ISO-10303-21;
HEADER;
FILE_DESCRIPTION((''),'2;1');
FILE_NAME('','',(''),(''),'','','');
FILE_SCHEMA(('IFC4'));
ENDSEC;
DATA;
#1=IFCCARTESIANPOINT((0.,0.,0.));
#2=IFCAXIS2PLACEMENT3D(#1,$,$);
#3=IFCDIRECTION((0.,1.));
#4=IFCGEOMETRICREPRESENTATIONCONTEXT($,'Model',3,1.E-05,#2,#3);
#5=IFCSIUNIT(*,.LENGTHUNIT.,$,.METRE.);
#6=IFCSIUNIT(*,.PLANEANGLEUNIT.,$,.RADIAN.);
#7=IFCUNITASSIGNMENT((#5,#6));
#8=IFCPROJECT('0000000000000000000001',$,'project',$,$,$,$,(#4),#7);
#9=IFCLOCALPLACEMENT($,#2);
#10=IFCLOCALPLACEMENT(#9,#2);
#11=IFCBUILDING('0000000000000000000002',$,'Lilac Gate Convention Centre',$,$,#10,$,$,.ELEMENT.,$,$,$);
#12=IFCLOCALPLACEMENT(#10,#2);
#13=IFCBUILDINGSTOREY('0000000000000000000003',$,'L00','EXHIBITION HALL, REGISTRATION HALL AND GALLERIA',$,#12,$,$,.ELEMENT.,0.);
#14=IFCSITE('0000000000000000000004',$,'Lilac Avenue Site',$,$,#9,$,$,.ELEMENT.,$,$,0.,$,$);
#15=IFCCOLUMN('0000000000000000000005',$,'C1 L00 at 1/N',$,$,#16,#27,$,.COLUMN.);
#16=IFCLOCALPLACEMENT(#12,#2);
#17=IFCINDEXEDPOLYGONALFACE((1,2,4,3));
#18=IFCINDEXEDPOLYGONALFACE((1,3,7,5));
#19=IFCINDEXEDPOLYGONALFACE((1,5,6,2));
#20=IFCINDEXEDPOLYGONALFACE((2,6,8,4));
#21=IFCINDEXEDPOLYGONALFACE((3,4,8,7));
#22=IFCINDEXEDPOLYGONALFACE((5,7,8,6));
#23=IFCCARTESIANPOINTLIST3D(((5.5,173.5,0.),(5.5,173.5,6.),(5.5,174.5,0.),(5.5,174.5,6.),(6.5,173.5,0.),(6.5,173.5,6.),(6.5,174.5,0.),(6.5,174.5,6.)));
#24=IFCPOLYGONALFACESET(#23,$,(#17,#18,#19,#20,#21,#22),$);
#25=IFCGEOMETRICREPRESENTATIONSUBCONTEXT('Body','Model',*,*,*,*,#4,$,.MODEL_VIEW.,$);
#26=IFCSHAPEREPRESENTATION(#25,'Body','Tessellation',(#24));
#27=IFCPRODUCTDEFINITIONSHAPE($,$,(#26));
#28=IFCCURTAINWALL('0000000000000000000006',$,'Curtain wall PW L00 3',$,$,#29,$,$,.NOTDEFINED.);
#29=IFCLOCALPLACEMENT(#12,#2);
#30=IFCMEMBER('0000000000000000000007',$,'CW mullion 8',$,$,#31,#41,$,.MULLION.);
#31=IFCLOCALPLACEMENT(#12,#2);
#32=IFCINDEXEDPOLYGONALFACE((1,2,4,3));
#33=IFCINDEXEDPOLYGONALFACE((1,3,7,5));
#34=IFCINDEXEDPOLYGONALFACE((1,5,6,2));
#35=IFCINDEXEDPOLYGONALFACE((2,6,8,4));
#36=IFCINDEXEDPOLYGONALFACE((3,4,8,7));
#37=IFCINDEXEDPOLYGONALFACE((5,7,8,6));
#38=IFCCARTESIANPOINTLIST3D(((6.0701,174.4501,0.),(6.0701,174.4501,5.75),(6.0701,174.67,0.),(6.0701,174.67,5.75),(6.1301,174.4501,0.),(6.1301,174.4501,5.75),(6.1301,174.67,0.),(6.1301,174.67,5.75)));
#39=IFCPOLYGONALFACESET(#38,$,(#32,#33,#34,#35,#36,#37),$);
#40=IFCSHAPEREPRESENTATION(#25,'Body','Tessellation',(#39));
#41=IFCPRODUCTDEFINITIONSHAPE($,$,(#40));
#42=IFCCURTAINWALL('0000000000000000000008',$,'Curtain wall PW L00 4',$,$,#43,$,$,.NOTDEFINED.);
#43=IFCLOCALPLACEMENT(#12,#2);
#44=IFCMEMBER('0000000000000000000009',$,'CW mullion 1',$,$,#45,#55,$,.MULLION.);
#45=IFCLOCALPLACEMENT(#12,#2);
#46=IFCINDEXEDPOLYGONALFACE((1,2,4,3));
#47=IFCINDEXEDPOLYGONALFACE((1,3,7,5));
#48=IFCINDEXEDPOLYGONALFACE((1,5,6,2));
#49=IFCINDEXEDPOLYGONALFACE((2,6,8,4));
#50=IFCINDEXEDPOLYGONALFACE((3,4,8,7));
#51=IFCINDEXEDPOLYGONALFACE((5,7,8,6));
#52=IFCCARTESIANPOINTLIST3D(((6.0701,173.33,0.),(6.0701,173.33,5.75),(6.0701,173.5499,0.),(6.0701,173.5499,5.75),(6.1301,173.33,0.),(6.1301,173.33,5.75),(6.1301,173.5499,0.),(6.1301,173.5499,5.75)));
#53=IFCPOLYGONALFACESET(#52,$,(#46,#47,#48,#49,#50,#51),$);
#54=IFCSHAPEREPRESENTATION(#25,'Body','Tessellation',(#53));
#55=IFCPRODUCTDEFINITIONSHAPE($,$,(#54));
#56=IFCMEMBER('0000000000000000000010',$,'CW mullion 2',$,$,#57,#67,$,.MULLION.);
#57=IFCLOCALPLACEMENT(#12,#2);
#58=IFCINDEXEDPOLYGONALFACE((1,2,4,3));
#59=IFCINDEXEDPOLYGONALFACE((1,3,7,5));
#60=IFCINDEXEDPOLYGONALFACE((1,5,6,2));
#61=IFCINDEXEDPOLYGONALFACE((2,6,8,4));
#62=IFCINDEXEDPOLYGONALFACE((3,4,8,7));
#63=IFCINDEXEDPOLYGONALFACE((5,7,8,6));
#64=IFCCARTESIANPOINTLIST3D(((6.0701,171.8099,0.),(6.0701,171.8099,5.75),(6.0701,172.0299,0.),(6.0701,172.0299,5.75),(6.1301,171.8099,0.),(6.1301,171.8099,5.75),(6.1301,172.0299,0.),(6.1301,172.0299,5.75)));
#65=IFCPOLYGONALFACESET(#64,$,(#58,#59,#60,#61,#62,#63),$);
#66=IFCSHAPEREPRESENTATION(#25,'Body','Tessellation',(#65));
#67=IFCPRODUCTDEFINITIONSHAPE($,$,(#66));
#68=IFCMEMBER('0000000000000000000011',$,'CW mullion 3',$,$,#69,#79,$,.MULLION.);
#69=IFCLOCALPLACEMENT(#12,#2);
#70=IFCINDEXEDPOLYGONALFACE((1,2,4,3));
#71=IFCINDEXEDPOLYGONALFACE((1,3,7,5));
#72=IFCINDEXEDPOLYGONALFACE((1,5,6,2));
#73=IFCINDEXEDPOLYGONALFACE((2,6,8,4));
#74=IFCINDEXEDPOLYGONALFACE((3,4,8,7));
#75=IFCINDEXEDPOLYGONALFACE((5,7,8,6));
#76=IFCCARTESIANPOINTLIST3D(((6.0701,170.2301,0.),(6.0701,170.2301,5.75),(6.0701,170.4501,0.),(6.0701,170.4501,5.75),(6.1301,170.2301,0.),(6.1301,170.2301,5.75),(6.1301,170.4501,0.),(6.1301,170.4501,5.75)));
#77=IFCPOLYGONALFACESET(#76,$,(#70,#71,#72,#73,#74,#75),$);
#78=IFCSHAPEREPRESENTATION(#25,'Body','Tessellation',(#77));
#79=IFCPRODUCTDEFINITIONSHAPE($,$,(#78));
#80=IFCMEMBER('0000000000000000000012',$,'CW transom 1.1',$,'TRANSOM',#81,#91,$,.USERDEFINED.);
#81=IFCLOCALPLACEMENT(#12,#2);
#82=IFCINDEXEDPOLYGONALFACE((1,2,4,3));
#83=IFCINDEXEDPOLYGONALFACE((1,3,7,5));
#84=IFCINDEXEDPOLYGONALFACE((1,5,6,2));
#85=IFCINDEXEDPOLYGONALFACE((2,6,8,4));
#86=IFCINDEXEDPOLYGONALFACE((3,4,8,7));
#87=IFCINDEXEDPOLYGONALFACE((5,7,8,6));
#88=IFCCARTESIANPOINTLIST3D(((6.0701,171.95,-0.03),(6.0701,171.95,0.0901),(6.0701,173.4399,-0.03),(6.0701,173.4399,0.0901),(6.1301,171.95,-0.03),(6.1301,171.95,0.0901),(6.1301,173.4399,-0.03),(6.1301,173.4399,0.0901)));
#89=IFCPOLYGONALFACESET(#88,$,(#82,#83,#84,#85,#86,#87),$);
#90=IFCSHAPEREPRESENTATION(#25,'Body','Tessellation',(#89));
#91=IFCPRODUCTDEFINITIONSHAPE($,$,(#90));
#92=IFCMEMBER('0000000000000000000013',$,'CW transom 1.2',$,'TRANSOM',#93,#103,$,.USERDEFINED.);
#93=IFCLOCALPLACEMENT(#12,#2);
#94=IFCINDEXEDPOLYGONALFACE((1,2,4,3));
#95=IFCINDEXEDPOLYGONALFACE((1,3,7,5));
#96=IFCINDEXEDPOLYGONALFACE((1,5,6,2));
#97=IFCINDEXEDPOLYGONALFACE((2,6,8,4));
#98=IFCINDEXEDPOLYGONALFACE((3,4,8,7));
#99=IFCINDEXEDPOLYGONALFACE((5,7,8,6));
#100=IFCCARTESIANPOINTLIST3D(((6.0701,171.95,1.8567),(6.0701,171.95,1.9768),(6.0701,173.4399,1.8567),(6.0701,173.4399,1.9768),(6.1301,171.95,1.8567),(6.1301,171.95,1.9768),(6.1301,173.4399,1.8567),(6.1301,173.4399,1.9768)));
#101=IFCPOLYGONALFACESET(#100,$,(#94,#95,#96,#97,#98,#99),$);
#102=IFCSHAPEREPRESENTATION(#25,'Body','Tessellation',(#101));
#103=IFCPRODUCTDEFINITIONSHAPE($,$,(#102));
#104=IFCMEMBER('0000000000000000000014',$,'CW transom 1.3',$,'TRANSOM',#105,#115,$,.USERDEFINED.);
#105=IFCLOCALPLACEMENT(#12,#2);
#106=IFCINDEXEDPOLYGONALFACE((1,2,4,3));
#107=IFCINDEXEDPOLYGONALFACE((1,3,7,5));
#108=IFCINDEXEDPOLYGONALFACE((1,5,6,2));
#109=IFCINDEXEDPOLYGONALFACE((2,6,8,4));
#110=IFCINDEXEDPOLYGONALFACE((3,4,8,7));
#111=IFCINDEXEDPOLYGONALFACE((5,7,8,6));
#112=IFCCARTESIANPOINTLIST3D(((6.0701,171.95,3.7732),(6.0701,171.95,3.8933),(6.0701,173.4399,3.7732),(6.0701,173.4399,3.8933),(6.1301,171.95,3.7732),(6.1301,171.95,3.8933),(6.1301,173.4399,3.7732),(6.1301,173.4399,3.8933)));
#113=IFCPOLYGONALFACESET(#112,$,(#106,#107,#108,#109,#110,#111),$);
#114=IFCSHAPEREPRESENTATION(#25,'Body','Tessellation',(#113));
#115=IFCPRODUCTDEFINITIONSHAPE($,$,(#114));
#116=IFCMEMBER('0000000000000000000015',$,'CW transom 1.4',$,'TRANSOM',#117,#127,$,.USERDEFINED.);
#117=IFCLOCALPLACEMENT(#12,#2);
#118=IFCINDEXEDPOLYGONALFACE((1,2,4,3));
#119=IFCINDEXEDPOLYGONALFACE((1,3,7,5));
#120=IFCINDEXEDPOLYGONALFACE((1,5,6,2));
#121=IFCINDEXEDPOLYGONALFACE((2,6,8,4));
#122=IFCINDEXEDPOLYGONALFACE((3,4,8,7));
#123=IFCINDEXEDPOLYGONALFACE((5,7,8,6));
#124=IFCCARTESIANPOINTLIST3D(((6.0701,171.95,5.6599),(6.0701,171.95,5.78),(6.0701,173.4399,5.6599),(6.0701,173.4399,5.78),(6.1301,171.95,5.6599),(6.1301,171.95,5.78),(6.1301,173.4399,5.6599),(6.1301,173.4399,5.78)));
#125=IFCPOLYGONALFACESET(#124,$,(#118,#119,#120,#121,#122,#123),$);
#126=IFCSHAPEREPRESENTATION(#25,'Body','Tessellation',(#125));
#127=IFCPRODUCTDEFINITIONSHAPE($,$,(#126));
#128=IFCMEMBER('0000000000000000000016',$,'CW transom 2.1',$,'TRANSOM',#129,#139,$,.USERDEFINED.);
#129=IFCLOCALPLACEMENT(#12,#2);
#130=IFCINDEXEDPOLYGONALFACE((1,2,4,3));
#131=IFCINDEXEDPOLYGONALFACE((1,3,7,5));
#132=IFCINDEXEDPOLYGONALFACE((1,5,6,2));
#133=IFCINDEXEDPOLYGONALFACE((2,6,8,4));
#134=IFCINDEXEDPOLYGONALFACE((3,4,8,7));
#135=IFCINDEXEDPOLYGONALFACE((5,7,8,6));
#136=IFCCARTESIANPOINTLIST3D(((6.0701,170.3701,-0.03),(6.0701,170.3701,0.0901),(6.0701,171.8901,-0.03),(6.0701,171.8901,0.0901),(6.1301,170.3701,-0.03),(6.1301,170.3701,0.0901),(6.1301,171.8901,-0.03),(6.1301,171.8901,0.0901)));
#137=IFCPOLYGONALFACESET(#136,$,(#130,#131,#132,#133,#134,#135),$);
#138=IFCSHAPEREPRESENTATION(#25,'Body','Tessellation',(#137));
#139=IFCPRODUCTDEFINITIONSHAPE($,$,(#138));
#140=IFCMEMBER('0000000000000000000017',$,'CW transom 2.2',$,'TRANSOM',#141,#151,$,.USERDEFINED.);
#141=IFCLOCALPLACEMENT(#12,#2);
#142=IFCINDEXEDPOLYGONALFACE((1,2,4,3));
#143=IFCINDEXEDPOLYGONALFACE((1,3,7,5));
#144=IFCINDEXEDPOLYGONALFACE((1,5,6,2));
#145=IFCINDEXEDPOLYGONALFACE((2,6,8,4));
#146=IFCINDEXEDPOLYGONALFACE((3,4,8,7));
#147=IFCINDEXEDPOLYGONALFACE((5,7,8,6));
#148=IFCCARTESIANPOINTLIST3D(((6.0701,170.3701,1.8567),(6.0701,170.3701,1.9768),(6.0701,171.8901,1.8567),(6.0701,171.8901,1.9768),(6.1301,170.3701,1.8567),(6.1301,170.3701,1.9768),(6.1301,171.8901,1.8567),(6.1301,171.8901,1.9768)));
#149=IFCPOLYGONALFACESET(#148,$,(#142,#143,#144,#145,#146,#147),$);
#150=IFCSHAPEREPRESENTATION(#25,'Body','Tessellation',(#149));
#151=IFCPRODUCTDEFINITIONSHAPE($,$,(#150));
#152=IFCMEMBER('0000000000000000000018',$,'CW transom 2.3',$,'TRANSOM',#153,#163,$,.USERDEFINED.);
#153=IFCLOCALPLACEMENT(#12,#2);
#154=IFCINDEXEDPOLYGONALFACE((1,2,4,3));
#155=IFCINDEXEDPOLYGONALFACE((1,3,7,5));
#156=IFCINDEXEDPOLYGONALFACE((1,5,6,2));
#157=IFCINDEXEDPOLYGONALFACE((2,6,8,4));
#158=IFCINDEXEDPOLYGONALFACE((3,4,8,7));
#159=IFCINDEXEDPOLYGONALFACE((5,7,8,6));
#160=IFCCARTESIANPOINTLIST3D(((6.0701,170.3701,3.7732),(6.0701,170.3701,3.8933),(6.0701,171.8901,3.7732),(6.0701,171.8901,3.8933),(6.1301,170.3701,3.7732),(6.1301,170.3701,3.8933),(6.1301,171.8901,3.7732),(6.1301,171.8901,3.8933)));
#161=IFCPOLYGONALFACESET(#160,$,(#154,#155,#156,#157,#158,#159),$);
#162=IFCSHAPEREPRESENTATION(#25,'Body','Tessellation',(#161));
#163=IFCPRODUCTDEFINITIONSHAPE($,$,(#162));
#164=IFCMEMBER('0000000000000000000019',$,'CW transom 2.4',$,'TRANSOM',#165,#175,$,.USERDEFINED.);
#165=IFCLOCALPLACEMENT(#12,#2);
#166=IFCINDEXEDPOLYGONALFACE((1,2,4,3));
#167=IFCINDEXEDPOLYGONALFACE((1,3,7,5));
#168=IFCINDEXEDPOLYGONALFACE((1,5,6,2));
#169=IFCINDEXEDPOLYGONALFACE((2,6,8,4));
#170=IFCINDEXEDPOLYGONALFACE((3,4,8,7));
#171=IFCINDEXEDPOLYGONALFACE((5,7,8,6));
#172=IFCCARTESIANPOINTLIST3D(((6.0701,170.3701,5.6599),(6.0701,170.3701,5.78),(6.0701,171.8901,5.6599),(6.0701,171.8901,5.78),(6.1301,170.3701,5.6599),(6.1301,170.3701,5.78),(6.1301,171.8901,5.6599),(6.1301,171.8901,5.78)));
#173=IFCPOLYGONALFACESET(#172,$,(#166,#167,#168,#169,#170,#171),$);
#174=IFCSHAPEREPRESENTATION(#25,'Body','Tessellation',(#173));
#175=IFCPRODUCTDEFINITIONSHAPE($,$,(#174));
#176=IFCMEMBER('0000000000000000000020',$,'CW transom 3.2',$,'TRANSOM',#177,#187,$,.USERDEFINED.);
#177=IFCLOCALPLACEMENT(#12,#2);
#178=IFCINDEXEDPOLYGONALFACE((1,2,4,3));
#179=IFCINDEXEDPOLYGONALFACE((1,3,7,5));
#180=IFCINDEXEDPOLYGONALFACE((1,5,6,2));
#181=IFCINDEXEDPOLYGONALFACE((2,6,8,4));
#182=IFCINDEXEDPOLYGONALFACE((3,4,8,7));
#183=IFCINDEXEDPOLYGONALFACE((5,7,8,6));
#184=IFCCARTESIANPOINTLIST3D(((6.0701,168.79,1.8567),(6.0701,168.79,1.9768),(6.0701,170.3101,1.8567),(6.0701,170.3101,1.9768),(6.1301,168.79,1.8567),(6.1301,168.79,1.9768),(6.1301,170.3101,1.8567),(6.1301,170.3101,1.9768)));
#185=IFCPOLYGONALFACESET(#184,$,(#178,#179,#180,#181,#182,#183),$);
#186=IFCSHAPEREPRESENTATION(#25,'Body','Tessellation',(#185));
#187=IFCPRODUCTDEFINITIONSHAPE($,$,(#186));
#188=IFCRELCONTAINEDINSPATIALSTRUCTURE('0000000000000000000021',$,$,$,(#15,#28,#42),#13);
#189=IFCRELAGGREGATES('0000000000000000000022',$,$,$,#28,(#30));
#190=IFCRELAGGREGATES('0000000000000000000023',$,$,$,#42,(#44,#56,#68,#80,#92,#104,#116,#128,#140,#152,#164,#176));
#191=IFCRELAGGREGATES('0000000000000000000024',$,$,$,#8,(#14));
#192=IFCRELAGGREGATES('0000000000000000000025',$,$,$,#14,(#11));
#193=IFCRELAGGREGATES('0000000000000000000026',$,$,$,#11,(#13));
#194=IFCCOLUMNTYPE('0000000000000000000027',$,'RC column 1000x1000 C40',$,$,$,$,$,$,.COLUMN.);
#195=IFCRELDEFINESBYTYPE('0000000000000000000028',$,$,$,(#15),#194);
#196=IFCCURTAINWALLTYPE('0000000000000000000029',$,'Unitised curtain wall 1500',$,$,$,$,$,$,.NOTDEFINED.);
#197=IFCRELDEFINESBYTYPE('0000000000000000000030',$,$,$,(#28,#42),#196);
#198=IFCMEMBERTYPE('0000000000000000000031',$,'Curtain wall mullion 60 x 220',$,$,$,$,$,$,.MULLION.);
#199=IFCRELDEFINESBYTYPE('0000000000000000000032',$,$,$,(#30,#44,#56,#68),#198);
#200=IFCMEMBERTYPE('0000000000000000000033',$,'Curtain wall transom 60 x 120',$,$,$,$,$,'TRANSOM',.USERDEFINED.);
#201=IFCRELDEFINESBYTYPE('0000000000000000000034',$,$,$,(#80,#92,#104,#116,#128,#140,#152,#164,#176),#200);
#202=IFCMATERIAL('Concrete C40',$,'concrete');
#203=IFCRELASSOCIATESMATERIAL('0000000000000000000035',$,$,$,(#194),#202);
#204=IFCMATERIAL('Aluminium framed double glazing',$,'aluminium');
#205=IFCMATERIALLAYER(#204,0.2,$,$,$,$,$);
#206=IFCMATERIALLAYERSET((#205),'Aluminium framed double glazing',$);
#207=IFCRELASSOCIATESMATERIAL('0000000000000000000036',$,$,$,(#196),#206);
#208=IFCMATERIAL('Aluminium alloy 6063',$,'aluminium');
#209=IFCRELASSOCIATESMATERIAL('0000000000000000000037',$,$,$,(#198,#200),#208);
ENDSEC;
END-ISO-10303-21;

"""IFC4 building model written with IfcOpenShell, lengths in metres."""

from ifc_helpers import new_model, si_unit, direction, frame, origin, origin_2d, place, context, subcontext, project, spatial, rectangle, extrude, material, layer, layer_set, material_profile, profile_set, type_object, element, aggregate, save


model = new_model("IFC4")

# Units and contexts
model_context = context("Model", 3, precision=1e-05, world=origin(), true_north=direction((0.0, 1.0)))
body_context = subcontext(model_context, "Body", "Model", "MODEL_VIEW")
ifc_project = project(units=[si_unit("LENGTHUNIT", "METRE"), si_unit("PLANEANGLEUNIT", "RADIAN")], contexts=[model_context])

# Site, building, storey
site_placement = place(None, origin())
site = spatial("IfcSite", under=ifc_project, at=site_placement, Name="Lilac Avenue Site", CompositionType="ELEMENT", RefElevation=0.0)
building_placement = place(site_placement, origin())
building = spatial("IfcBuilding", under=site, at=building_placement, Name="Lilac Gate Convention Centre", CompositionType="ELEMENT")
storey_placement = place(building_placement, origin())
storey = spatial("IfcBuildingStorey", under=building, at=storey_placement, Name="L00", Description="EXHIBITION HALL, REGISTRATION HALL AND GALLERIA", CompositionType="ELEMENT", Elevation=0.0)

# Column
ifc_material_1 = material(Name="Concrete C40", Category="concrete")
ifc_material_profile_1 = material_profile(ifc_material_1, rectangle(XDim=1.0, YDim=1.0, at=origin_2d()), Name="RC 1000x1000")
ifc_profile_set_1 = profile_set([ifc_material_profile_1], Name="Concrete C40")
column_type = type_object("IfcColumnType", Name="RC column 1000x1000 C40", PredefinedType="COLUMN", material=ifc_profile_set_1)
column_placement = place(storey_placement, frame((6.0, 174.0, 0.0), z_axis=(0.0, 0.0, 1.0), x_axis=(1.0, 0.0, 0.0)))
element("IfcColumn", 1, at=column_placement, inside=storey, type_object=column_type, Name="C1 L00 at 1/N", PredefinedType="COLUMN", context=body_context, shape_type="SweptSolid", body=[
    extrude(rectangle(XDim=1.0, YDim=1.0, at=origin_2d()), origin(), (0.0, 0.0, 1.0), 6.0),
])

# Curtain wall, member
ifc_material_2 = material(Name="Aluminium framed double glazing", Category="aluminium")
ifc_layer_1 = layer(ifc_material_2, 0.2)
ifc_layer_set_1 = layer_set([ifc_layer_1], Name="Aluminium framed double glazing")
curtain_wall_type = type_object("IfcCurtainWallType", Name="Unitised curtain wall 1500", PredefinedType="NOTDEFINED", material=ifc_layer_set_1)
curtain_wall_1_placement = place(storey_placement, origin())
curtain_wall_1 = element("IfcCurtainWall", 2, at=curtain_wall_1_placement, inside=storey, type_object=curtain_wall_type, Name="Curtain wall PW L00 3", PredefinedType="NOTDEFINED")
ifc_material_3 = material(Name="Aluminium alloy 6063", Category="aluminium")
ifc_material_profile_2 = material_profile(ifc_material_3, rectangle(XDim=0.0601, YDim=0.22, at=origin_2d()), Name="Curtain wall mullion 60 x 220")
ifc_profile_set_2 = profile_set([ifc_material_profile_2], Name="Aluminium alloy 6063")
member_type_1 = type_object("IfcMemberType", Name="Curtain wall mullion 60 x 220", PredefinedType="MULLION", material=ifc_profile_set_2)
member_1_placement = place(storey_placement, frame((6.1001, 174.5601, 0.0), z_axis=(0.0, 0.0, 1.0), x_axis=(1.0, 0.0, 0.0)))
member_1 = element("IfcMember", 3, at=member_1_placement, type_object=member_type_1, Name="CW mullion 8", PredefinedType="MULLION", context=body_context, shape_type="SweptSolid", body=[
    extrude(rectangle(XDim=0.0601, YDim=0.22, at=origin_2d()), origin(), (0.0, 0.0, 1.0), 5.75),
])

# Curtain wall, members
curtain_wall_2_placement = place(storey_placement, origin())
curtain_wall_2 = element("IfcCurtainWall", 4, at=curtain_wall_2_placement, inside=storey, type_object=curtain_wall_type, Name="Curtain wall PW L00 4", PredefinedType="NOTDEFINED")
member_2_placement = place(storey_placement, frame((6.1001, 173.4399, 0.0), z_axis=(0.0, 0.0, 1.0), x_axis=(1.0, 0.0, 0.0)))
member_2 = element("IfcMember", 5, at=member_2_placement, type_object=member_type_1, Name="CW mullion 1", PredefinedType="MULLION", context=body_context, shape_type="SweptSolid", body=[
    extrude(rectangle(XDim=0.0601, YDim=0.22, at=origin_2d()), origin(), (0.0, 0.0, 1.0), 5.75),
])
member_3_placement = place(storey_placement, frame((6.1001, 171.9199, 0.0), z_axis=(0.0, 0.0, 1.0), x_axis=(1.0, 0.0, 0.0)))
member_3 = element("IfcMember", 6, at=member_3_placement, type_object=member_type_1, Name="CW mullion 2", PredefinedType="MULLION", context=body_context, shape_type="SweptSolid", body=[
    extrude(rectangle(XDim=0.0601, YDim=0.22, at=origin_2d()), origin(), (0.0, 0.0, 1.0), 5.75),
])
member_4_placement = place(storey_placement, frame((6.1001, 170.3401, 0.0), z_axis=(0.0, 0.0, 1.0), x_axis=(1.0, 0.0, 0.0)))
member_4 = element("IfcMember", 7, at=member_4_placement, type_object=member_type_1, Name="CW mullion 3", PredefinedType="MULLION", context=body_context, shape_type="SweptSolid", body=[
    extrude(rectangle(XDim=0.0601, YDim=0.22, at=origin_2d()), origin(), (0.0, 0.0, 1.0), 5.75),
])
ifc_material_profile_3 = material_profile(ifc_material_3, rectangle(XDim=0.0601, YDim=0.1201, at=origin_2d()), Name="Curtain wall transom 60 x 120")
ifc_profile_set_3 = profile_set([ifc_material_profile_3], Name="Aluminium alloy 6063")
member_type_2 = type_object("IfcMemberType", Name="Curtain wall transom 60 x 120", ElementType="TRANSOM", PredefinedType="USERDEFINED", material=ifc_profile_set_3)
member_5_placement = place(storey_placement, frame((6.1001, 173.4399, 0.03), z_axis=(0.0, -1.0, 0.0), x_axis=(1.0, 0.0, 0.0)))
member_5 = element("IfcMember", 8, at=member_5_placement, type_object=member_type_2, Name="CW transom 1.1", ObjectType="TRANSOM", PredefinedType="USERDEFINED", context=body_context, shape_type="SweptSolid", body=[
    extrude(rectangle(XDim=0.0601, YDim=0.1201, at=origin_2d()), origin(), (0.0, 0.0, 1.0), 1.49),
])
member_6_placement = place(storey_placement, frame((6.1001, 173.4399, 1.9167), z_axis=(0.0, -1.0, 0.0), x_axis=(1.0, 0.0, 0.0)))
member_6 = element("IfcMember", 9, at=member_6_placement, type_object=member_type_2, Name="CW transom 1.2", ObjectType="TRANSOM", PredefinedType="USERDEFINED", context=body_context, shape_type="SweptSolid", body=[
    extrude(rectangle(XDim=0.0601, YDim=0.1201, at=origin_2d()), origin(), (0.0, 0.0, 1.0), 1.49),
])
member_7_placement = place(storey_placement, frame((6.1001, 173.4399, 3.8333), z_axis=(0.0, -1.0, 0.0), x_axis=(1.0, 0.0, 0.0)))
member_7 = element("IfcMember", 10, at=member_7_placement, type_object=member_type_2, Name="CW transom 1.3", ObjectType="TRANSOM", PredefinedType="USERDEFINED", context=body_context, shape_type="SweptSolid", body=[
    extrude(rectangle(XDim=0.0601, YDim=0.1201, at=origin_2d()), origin(), (0.0, 0.0, 1.0), 1.49),
])
member_8_placement = place(storey_placement, frame((6.1001, 173.4399, 5.72), z_axis=(0.0, -1.0, 0.0), x_axis=(1.0, 0.0, 0.0)))
member_8 = element("IfcMember", 11, at=member_8_placement, type_object=member_type_2, Name="CW transom 1.4", ObjectType="TRANSOM", PredefinedType="USERDEFINED", context=body_context, shape_type="SweptSolid", body=[
    extrude(rectangle(XDim=0.0601, YDim=0.1201, at=origin_2d()), origin(), (0.0, 0.0, 1.0), 1.49),
])
member_9_placement = place(storey_placement, frame((6.1001, 171.8901, 0.03), z_axis=(0.0, -1.0, 0.0), x_axis=(1.0, 0.0, 0.0)))
member_9 = element("IfcMember", 12, at=member_9_placement, type_object=member_type_2, Name="CW transom 2.1", ObjectType="TRANSOM", PredefinedType="USERDEFINED", context=body_context, shape_type="SweptSolid", body=[
    extrude(rectangle(XDim=0.0601, YDim=0.1201, at=origin_2d()), origin(), (0.0, 0.0, 1.0), 1.52),
])
member_10_placement = place(storey_placement, frame((6.1001, 171.8901, 1.9167), z_axis=(0.0, -1.0, 0.0), x_axis=(1.0, 0.0, 0.0)))
member_10 = element("IfcMember", 13, at=member_10_placement, type_object=member_type_2, Name="CW transom 2.2", ObjectType="TRANSOM", PredefinedType="USERDEFINED", context=body_context, shape_type="SweptSolid", body=[
    extrude(rectangle(XDim=0.0601, YDim=0.1201, at=origin_2d()), origin(), (0.0, 0.0, 1.0), 1.52),
])
member_11_placement = place(storey_placement, frame((6.1001, 171.8901, 3.8333), z_axis=(0.0, -1.0, 0.0), x_axis=(1.0, 0.0, 0.0)))
member_11 = element("IfcMember", 14, at=member_11_placement, type_object=member_type_2, Name="CW transom 2.3", ObjectType="TRANSOM", PredefinedType="USERDEFINED", context=body_context, shape_type="SweptSolid", body=[
    extrude(rectangle(XDim=0.0601, YDim=0.1201, at=origin_2d()), origin(), (0.0, 0.0, 1.0), 1.52),
])
member_12_placement = place(storey_placement, frame((6.1001, 171.8901, 5.72), z_axis=(0.0, -1.0, 0.0), x_axis=(1.0, 0.0, 0.0)))
member_12 = element("IfcMember", 15, at=member_12_placement, type_object=member_type_2, Name="CW transom 2.4", ObjectType="TRANSOM", PredefinedType="USERDEFINED", context=body_context, shape_type="SweptSolid", body=[
    extrude(rectangle(XDim=0.0601, YDim=0.1201, at=origin_2d()), origin(), (0.0, 0.0, 1.0), 1.52),
])
member_13_placement = place(storey_placement, frame((6.1001, 170.3101, 1.9167), z_axis=(0.0, -1.0, 0.0), x_axis=(1.0, 0.0, 0.0)))
member_13 = element("IfcMember", 16, at=member_13_placement, type_object=member_type_2, Name="CW transom 3.2", ObjectType="TRANSOM", PredefinedType="USERDEFINED", context=body_context, shape_type="SweptSolid", body=[
    extrude(rectangle(XDim=0.0601, YDim=0.1201, at=origin_2d()), origin(), (0.0, 0.0, 1.0), 1.52),
])

aggregate(curtain_wall_1, [member_1])
aggregate(curtain_wall_2, [member_2, member_3, member_4, member_5, member_6, member_7, member_8, member_9, member_10, member_11, member_12, member_13])

save(model, "model.ifc")
